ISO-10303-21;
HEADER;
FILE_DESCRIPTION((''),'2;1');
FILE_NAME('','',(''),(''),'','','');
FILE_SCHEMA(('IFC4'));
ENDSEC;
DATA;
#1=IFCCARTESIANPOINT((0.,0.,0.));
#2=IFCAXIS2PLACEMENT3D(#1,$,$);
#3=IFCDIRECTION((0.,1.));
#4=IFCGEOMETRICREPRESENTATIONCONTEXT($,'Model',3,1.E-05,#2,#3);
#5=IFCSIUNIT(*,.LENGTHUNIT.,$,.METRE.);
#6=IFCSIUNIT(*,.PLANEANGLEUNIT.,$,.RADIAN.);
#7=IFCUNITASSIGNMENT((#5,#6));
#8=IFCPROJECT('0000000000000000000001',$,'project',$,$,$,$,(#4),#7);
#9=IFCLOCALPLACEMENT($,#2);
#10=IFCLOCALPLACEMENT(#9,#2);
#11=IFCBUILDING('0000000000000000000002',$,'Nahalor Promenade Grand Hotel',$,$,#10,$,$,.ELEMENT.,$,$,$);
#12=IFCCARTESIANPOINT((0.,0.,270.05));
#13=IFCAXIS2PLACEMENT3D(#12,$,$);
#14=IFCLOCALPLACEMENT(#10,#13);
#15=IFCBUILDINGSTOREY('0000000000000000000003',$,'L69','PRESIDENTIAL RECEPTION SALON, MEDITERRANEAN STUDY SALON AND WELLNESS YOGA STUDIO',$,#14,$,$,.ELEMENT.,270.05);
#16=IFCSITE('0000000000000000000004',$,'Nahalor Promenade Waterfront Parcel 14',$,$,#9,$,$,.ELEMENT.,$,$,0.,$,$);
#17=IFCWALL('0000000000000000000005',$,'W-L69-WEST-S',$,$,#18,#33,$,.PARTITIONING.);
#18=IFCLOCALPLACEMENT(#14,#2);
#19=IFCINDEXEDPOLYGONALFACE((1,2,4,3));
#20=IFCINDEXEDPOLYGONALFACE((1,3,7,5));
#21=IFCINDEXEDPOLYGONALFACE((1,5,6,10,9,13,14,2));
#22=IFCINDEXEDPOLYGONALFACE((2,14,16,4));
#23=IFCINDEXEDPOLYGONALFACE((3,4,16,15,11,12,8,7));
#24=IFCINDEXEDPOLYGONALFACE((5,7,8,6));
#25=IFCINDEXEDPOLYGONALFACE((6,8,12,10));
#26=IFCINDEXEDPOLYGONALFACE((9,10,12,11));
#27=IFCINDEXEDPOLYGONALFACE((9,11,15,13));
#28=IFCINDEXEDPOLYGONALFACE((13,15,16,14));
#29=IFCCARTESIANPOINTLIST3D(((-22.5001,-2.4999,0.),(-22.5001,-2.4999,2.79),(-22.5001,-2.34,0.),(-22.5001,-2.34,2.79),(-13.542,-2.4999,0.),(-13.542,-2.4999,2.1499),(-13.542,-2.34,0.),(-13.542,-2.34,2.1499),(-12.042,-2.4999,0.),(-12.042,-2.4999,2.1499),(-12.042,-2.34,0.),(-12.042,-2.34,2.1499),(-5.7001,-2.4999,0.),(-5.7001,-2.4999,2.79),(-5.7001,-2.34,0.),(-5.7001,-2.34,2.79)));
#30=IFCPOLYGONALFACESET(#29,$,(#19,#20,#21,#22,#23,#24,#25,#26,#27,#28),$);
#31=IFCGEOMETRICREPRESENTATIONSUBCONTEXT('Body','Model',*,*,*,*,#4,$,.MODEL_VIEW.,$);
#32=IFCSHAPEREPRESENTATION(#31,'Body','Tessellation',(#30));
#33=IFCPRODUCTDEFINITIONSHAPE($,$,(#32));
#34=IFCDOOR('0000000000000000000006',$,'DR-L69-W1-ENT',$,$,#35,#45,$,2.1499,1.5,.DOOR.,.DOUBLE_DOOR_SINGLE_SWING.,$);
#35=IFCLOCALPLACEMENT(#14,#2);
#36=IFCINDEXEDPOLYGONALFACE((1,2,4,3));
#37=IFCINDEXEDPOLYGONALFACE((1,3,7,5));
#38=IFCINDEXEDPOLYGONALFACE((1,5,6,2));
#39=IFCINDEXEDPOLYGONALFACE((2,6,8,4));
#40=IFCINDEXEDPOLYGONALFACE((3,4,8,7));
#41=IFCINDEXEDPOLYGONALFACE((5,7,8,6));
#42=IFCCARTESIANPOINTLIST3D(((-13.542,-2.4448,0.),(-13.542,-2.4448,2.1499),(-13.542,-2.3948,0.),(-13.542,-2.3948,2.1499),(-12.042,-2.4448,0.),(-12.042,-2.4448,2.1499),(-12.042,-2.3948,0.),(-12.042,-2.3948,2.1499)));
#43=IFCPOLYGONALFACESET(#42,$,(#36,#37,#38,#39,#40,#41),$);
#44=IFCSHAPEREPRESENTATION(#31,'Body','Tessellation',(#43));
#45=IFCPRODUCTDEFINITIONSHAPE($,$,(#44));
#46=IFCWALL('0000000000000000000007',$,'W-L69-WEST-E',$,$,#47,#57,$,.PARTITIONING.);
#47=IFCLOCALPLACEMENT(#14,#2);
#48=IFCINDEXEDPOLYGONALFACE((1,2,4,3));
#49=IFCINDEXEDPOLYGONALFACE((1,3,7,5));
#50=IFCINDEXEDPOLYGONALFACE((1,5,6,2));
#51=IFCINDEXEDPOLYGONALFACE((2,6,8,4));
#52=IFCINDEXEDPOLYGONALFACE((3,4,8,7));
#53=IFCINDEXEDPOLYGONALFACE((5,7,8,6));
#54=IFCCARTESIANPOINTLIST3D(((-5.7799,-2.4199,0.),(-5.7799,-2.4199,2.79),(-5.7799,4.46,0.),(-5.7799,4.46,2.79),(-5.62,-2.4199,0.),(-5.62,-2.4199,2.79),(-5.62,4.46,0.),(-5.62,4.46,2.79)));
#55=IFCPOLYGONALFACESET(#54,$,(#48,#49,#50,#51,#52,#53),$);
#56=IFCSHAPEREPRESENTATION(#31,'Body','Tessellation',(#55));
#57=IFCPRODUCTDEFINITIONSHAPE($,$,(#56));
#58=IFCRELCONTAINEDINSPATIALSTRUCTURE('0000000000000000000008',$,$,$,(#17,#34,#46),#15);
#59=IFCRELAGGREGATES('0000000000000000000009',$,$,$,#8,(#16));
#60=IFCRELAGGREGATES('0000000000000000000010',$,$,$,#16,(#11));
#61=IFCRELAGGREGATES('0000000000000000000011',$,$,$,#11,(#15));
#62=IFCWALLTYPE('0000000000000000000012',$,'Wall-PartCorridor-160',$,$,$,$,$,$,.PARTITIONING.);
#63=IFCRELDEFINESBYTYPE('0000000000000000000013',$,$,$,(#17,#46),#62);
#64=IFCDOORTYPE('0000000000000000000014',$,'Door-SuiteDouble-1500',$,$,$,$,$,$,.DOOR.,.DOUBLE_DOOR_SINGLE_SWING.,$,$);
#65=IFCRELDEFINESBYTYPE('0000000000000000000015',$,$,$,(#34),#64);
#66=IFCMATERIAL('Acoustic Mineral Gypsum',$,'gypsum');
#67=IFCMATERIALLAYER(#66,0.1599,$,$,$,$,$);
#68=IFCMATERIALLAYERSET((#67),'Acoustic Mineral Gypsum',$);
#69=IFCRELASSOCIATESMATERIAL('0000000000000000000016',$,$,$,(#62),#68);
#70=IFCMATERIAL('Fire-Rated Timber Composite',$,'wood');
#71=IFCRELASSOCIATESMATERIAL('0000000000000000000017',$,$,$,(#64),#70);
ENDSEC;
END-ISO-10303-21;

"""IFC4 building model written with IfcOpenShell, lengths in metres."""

from ifc_helpers import new_model, si_unit, direction, frame, frame_2d, origin, place, context, subcontext, project, spatial, rectangle, extrude, source, transform, mapped, material, layer, layer_set, type_object, element, fill, save


model = new_model("IFC4")

# Units and contexts
model_context = context("Model", 3, precision=1e-05, world=origin(), true_north=direction((0.0, 1.0)))
body_context = subcontext(model_context, "Body", "Model", "MODEL_VIEW")
ifc_project = project(units=[si_unit("LENGTHUNIT", "METRE"), si_unit("PLANEANGLEUNIT", "RADIAN")], contexts=[model_context])

# Site, building, storey
site_placement = place(None, origin())
site = spatial("IfcSite", under=ifc_project, at=site_placement, Name="Nahalor Promenade Waterfront Parcel 14", CompositionType="ELEMENT", RefElevation=0.0)
building_placement = place(site_placement, origin())
building = spatial("IfcBuilding", under=site, at=building_placement, Name="Nahalor Promenade Grand Hotel", CompositionType="ELEMENT")
storey_placement = place(building_placement, frame((0.0, 0.0, 270.05)))
storey = spatial("IfcBuildingStorey", under=building, at=storey_placement, Name="L69", Description="PRESIDENTIAL RECEPTION SALON, MEDITERRANEAN STUDY SALON AND WELLNESS YOGA STUDIO", CompositionType="ELEMENT", Elevation=270.05)

# Shared definitions
ifc_material_1 = material(Name="Acoustic Mineral Gypsum", Category="gypsum")
ifc_layer_1 = layer(ifc_material_1, 0.1599)
ifc_layer_set_1 = layer_set([ifc_layer_1], Name="Acoustic Mineral Gypsum")
wall_type_1 = type_object("IfcWallType", Name="Wall-PartCorridor-160", PredefinedType="PARTITIONING", material=ifc_layer_set_1)
ifc_material_2 = material(Name="Fire-Rated Timber Composite", Category="wood")

# Wall, opening, door
shared_shape_1 = source(origin(), body_context, "Body", "SweptSolid", [
    extrude(rectangle(XDim=16.8, YDim=0.1599, at=frame_2d((8.3999, 0.0))), origin(), (0.0, 0.0, 1.0), 2.79),
])
wall_1_placement = place(storey_placement, frame((-22.5, -2.4199, 0.0), z_axis=(0.0, 0.0, 1.0), x_axis=(1.0, 0.0, 0.0)))
wall_1 = element("IfcWall", 1, at=wall_1_placement, inside=storey, type_object=wall_type_1, Name="W-L69-WEST-S", PredefinedType="PARTITIONING", context=body_context, shape_type="MappedRepresentation", body=[
    mapped(shared_shape_1, transform((0.0, 0.0, 0.0), scale=1.0)),
])
opening_1_placement = place(wall_1_placement, frame((8.958, 0.0, 0.0)))
opening_1 = element("IfcOpeningElement", 2, at=opening_1_placement, cuts=wall_1, PredefinedType="OPENING", context=body_context, shape_type="SweptSolid", body=[
    extrude(rectangle(XDim=1.5, YDim=2.1499, at=frame_2d((0.75, 1.075))), frame((0.0, 0.0898, 0.0), z_axis=(0.0, -1.0, 0.0), x_axis=(1.0, 0.0, 0.0)), (0.0, 0.0, 1.0), 0.1799),
])
door_type_1 = type_object("IfcDoorType", Name="Door-SuiteDouble-1500", OperationType="DOUBLE_DOOR_SINGLE_SWING", PredefinedType="DOOR", material=ifc_material_2)
shared_shape_2 = source(origin(), body_context, "Body", "SweptSolid", [
    extrude(rectangle(XDim=1.5, YDim=2.1499, at=frame_2d((0.75, 1.075))), frame((0.0, 0.0249, 0.0), z_axis=(0.0, -1.0, 0.0), x_axis=(1.0, 0.0, 0.0)), (0.0, 0.0, 1.0), 0.05),
])
door_1_placement = place(opening_1_placement, frame((1.5, 0.0, 0.0), z_axis=(0.0, 0.0, 1.0), x_axis=(-1.0, 0.0, 0.0)))
door_1 = element("IfcDoor", 3, at=door_1_placement, inside=storey, type_object=door_type_1, Name="DR-L69-W1-ENT", OperationType="DOUBLE_DOOR_SINGLE_SWING", OverallHeight=2.1499, OverallWidth=1.5, PredefinedType="DOOR", context=body_context, shape_type="MappedRepresentation", body=[
    mapped(shared_shape_2, transform((0.0, 0.0, 0.0), scale=1.0)),
])
fill(opening_1, door_1)

# Wall
shared_shape_3 = source(origin(), body_context, "Body", "SweptSolid", [
    extrude(rectangle(XDim=6.8799, YDim=0.1599, at=frame_2d((3.4399, 0.0))), origin(), (0.0, 0.0, 1.0), 2.79),
])
wall_2_placement = place(storey_placement, frame((-5.7, -2.4199, 0.0), z_axis=(0.0, 0.0, 1.0), x_axis=(0.0, 1.0, 0.0)))
element("IfcWall", 4, at=wall_2_placement, inside=storey, type_object=wall_type_1, Name="W-L69-WEST-E", PredefinedType="PARTITIONING", context=body_context, shape_type="MappedRepresentation", body=[
    mapped(shared_shape_3, transform((0.0, 0.0, 0.0), scale=1.0)),
])

save(model, "model.ifc")
